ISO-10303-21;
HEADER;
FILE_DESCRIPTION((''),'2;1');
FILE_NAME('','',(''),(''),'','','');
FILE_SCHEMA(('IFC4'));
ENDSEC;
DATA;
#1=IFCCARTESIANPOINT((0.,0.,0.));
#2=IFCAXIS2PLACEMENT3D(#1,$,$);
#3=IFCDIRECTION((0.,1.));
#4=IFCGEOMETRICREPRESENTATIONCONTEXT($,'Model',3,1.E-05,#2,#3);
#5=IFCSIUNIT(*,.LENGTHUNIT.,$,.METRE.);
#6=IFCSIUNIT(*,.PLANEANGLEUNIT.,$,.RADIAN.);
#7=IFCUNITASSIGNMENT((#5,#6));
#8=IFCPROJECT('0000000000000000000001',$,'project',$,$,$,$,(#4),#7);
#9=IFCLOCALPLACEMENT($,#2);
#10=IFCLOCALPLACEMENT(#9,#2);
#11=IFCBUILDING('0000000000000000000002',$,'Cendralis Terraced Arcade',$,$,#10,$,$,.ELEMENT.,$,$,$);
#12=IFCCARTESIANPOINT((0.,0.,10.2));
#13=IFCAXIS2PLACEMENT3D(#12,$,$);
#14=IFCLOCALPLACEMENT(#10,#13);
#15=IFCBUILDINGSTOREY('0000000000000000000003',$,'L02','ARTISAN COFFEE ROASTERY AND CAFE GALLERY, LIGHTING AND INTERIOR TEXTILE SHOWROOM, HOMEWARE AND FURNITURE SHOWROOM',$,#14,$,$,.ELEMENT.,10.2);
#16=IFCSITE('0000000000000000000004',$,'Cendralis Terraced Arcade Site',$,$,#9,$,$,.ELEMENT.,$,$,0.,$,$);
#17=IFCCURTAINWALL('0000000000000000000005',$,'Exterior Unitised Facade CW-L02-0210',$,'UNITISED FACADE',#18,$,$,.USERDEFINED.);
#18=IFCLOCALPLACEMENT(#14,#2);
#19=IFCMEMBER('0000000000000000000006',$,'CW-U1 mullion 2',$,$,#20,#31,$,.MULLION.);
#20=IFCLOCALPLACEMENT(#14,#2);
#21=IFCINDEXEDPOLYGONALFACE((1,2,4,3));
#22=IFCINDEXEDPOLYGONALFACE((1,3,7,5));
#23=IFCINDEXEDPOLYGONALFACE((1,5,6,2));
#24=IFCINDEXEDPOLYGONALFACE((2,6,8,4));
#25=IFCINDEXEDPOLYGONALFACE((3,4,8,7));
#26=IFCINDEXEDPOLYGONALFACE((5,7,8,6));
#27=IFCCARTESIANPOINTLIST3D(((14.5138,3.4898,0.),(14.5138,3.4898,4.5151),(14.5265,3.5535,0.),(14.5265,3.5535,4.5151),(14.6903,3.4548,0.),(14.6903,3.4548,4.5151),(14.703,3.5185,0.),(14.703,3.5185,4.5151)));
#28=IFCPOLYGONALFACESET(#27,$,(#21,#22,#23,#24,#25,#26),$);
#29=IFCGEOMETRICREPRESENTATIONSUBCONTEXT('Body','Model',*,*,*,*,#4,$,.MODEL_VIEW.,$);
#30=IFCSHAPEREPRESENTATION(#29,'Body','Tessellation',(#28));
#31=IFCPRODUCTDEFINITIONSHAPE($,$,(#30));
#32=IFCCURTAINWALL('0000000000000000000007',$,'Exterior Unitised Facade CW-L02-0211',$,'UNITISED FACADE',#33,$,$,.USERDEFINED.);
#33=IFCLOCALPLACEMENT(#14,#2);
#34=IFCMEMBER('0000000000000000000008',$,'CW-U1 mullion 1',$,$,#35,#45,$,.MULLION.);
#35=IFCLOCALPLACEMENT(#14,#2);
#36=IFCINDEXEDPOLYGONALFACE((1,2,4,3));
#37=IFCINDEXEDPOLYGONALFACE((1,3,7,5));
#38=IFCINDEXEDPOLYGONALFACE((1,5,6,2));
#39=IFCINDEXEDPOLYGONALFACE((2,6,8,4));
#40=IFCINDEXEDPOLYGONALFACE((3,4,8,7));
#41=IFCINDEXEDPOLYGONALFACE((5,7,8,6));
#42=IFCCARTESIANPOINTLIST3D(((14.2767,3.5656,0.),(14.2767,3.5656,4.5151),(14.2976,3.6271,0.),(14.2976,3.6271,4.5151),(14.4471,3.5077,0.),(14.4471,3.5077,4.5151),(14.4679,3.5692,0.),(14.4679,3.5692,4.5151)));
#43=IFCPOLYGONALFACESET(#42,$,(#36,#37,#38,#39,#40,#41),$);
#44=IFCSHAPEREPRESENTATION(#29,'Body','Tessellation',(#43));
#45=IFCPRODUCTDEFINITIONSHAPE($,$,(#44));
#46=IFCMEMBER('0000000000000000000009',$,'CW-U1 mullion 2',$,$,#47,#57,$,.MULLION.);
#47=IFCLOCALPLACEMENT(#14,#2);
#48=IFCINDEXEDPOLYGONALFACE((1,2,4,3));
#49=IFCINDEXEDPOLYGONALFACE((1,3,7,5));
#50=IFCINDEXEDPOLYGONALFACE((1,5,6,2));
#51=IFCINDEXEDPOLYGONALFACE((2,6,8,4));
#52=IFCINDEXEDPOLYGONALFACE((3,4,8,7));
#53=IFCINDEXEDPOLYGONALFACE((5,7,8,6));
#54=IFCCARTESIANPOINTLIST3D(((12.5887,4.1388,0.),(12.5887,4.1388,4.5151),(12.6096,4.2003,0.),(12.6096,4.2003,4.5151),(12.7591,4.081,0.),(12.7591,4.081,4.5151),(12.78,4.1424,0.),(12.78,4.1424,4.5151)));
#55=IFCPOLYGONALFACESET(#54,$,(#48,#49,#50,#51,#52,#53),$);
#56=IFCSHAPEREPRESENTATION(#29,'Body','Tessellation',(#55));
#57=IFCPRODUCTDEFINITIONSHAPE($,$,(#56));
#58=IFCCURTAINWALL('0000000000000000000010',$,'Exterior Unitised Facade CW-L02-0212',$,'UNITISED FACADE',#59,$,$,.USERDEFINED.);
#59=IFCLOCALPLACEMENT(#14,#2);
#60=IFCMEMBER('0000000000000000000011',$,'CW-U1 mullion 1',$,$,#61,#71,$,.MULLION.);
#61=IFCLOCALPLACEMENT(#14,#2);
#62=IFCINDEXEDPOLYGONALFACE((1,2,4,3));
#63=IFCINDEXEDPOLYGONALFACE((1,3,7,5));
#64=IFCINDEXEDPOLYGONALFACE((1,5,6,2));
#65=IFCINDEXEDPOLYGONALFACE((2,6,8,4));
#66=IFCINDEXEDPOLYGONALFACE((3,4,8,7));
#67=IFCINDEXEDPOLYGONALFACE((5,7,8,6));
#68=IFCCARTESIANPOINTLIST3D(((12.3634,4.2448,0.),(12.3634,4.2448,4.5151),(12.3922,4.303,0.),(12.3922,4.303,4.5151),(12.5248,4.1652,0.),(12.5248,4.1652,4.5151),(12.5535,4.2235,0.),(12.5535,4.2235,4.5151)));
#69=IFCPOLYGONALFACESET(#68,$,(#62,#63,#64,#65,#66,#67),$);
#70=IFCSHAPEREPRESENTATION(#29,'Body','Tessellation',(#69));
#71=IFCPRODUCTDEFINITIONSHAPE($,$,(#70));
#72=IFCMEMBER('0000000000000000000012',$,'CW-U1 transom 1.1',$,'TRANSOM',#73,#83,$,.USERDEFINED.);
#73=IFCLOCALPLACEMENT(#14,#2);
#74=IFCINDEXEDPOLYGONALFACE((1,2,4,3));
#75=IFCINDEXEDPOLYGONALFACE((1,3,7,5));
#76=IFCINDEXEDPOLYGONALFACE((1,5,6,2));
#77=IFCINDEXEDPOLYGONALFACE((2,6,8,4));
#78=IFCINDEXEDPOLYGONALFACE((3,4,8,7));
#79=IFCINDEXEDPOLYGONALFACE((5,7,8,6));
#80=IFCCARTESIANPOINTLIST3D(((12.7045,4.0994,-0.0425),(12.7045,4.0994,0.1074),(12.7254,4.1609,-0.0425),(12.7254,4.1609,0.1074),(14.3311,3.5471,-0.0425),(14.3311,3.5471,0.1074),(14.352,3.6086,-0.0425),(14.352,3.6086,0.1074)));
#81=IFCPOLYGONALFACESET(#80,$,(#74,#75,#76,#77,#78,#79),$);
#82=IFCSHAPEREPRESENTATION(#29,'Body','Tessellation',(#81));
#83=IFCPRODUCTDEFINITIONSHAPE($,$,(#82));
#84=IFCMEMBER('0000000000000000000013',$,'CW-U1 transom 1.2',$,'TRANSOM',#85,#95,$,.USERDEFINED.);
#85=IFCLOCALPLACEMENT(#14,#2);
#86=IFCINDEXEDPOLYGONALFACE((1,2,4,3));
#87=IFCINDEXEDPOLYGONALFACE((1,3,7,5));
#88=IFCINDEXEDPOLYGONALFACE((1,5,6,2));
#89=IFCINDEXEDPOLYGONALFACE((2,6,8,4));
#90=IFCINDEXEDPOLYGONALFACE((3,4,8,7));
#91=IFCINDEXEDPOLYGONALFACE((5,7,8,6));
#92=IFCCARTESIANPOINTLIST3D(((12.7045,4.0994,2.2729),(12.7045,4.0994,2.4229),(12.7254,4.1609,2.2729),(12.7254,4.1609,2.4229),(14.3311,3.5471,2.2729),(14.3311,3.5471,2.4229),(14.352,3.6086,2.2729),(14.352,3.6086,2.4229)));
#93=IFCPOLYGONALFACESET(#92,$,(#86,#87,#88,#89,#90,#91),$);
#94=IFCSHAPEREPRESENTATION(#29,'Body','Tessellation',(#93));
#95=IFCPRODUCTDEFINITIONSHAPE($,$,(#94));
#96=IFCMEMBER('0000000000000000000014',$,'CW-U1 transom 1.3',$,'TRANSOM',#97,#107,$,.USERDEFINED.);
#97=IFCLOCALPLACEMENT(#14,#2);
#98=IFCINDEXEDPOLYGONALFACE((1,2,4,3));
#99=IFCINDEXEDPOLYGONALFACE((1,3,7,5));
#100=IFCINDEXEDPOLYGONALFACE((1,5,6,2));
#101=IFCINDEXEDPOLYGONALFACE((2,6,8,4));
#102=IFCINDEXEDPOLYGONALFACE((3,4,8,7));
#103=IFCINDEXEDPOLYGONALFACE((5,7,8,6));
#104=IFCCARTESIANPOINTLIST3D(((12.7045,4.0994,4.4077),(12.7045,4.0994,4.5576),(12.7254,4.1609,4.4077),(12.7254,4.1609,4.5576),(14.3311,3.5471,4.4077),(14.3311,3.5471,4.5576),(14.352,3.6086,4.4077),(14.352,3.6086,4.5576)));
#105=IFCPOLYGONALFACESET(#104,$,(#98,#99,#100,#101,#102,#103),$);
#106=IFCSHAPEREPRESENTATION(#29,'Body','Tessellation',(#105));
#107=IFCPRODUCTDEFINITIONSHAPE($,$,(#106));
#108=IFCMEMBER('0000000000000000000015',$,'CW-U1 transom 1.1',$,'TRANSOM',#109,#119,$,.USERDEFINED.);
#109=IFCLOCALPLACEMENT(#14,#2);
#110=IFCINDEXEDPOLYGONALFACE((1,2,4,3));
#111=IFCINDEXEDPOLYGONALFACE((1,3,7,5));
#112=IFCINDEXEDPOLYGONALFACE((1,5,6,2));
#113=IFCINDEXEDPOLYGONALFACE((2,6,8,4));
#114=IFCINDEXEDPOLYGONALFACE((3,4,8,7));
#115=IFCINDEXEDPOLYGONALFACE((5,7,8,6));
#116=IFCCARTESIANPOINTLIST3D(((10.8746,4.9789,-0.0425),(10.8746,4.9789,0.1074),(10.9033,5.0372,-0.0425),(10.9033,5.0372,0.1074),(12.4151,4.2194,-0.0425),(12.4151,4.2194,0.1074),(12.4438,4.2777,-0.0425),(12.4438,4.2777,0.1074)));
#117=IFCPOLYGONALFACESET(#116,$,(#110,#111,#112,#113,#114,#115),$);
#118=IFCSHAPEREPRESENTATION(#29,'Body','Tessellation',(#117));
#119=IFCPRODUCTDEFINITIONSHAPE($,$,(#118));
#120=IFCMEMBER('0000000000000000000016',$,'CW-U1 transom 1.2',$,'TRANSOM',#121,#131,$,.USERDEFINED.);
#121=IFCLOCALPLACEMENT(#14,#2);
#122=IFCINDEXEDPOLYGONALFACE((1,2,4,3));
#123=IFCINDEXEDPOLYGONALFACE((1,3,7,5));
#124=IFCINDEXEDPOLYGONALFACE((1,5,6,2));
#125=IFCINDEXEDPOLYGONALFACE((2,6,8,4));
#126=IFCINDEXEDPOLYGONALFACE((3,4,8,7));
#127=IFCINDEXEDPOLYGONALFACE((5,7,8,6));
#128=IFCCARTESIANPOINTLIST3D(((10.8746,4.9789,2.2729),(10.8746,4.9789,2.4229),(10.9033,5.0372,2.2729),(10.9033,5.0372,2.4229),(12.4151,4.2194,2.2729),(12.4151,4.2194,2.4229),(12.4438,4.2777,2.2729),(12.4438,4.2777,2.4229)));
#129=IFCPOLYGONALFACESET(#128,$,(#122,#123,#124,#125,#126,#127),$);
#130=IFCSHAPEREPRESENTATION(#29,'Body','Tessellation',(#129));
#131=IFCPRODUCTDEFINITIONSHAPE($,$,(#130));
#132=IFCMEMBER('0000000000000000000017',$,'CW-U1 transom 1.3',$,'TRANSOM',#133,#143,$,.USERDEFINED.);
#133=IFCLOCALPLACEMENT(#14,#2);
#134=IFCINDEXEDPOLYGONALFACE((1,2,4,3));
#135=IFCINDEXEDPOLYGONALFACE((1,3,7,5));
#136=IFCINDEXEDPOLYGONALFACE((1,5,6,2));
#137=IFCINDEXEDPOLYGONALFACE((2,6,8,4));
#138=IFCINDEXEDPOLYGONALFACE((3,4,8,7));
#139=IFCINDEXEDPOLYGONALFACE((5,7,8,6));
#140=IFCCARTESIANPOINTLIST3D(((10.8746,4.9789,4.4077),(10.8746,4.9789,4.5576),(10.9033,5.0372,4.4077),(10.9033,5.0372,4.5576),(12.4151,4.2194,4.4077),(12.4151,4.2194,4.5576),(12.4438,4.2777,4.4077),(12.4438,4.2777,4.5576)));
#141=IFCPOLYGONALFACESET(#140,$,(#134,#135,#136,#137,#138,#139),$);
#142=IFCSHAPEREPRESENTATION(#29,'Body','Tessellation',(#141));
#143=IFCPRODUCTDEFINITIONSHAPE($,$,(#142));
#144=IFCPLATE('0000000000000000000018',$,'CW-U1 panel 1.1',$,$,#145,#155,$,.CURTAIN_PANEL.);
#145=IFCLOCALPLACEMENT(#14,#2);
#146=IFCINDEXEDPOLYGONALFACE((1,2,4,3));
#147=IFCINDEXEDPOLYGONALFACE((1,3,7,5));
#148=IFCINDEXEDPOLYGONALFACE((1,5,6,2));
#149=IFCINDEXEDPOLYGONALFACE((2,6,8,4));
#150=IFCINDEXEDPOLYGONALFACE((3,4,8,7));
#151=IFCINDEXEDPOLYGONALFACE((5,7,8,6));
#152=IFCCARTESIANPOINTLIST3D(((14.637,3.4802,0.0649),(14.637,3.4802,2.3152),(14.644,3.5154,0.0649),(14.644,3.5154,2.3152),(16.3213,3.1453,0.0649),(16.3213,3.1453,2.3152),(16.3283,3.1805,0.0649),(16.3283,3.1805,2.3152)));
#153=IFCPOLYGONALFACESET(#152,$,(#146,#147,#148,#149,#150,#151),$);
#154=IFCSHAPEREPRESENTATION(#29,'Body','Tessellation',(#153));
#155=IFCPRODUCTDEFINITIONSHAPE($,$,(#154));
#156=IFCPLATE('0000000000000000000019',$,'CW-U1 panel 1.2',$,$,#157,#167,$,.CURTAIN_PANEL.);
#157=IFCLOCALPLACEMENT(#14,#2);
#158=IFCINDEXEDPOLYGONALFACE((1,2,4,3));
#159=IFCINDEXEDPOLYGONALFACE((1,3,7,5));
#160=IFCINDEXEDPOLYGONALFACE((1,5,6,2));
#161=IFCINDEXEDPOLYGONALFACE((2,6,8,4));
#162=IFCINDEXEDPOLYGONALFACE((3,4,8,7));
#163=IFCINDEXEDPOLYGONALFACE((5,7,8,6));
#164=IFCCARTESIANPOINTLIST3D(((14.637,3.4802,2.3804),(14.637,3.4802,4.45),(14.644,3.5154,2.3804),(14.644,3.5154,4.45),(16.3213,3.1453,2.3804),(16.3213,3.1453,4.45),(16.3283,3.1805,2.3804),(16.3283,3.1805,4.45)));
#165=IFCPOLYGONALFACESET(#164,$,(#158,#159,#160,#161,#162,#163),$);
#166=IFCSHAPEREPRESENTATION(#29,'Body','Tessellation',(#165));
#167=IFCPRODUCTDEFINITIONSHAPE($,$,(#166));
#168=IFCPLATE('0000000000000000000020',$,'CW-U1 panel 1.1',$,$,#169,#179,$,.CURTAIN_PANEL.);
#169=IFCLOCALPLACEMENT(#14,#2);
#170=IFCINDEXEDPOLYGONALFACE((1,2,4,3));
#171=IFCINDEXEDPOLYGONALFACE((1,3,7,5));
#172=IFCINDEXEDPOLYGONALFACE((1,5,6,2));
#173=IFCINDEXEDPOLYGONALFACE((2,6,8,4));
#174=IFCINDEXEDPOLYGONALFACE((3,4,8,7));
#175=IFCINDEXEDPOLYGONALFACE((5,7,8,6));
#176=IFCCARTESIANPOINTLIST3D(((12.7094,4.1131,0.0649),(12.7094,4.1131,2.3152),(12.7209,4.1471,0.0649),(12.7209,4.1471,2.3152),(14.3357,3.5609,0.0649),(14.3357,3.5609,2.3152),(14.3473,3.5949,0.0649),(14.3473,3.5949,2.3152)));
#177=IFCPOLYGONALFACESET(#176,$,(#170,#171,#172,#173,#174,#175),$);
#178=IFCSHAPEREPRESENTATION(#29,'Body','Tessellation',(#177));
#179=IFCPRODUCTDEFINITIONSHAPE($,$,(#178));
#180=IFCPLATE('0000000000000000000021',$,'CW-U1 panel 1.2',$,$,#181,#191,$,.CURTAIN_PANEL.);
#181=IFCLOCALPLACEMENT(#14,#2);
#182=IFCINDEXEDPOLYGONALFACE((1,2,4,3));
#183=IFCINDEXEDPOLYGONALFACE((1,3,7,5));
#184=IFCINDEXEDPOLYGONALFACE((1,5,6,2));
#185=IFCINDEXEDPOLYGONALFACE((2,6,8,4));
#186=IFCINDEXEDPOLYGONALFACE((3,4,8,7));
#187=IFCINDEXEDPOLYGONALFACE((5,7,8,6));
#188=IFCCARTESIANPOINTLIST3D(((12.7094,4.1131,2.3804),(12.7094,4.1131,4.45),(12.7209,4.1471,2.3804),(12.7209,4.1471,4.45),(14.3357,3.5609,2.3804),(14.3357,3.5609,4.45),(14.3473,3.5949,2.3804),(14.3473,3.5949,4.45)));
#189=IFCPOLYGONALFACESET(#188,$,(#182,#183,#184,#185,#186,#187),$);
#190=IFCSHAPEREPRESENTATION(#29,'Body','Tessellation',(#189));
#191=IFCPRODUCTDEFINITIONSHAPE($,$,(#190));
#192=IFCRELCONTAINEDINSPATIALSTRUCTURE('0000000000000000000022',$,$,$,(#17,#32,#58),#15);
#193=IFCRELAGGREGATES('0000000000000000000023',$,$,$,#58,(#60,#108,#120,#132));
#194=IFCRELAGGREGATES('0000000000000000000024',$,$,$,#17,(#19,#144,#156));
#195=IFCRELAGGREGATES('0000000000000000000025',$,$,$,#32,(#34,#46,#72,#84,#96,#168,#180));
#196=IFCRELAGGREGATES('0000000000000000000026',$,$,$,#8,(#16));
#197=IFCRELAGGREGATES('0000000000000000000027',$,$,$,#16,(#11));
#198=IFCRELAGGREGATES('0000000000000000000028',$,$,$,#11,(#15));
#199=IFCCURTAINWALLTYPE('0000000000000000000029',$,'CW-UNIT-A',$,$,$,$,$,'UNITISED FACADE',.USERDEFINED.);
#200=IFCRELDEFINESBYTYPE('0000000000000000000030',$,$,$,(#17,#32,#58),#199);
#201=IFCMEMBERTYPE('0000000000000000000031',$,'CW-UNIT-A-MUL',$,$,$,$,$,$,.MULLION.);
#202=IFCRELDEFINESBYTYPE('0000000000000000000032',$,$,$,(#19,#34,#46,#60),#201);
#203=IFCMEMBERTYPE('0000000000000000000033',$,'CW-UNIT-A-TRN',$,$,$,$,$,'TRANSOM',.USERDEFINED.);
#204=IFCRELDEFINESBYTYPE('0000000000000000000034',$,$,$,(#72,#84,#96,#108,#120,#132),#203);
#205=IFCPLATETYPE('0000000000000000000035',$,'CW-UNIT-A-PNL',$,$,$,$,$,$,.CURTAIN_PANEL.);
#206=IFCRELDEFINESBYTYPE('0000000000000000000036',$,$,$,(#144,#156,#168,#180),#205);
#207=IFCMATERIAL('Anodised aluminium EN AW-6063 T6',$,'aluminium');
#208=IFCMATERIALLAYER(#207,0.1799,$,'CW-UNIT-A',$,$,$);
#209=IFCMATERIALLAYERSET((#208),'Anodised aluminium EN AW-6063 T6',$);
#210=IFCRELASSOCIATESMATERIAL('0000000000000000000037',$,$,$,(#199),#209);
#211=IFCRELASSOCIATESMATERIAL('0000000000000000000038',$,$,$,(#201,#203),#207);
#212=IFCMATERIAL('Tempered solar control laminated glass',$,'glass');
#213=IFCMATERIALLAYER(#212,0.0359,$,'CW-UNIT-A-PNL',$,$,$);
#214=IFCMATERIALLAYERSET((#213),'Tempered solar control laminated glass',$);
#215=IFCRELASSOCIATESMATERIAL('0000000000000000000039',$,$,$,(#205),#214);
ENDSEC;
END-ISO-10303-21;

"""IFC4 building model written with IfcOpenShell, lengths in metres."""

from ifc_helpers import new_model, si_unit, direction, frame, origin, origin_2d, place, context, subcontext, project, spatial, rectangle, extrude, material, layer, layer_set, material_profile, profile_set, type_object, element, aggregate, save


model = new_model("IFC4")

# Units and contexts
model_context = context("Model", 3, precision=1e-05, world=origin(), true_north=direction((0.0, 1.0)))
body_context = subcontext(model_context, "Body", "Model", "MODEL_VIEW")
ifc_project = project(units=[si_unit("LENGTHUNIT", "METRE"), si_unit("PLANEANGLEUNIT", "RADIAN")], contexts=[model_context])

# Site, building, storey
site_placement = place(None, origin())
site = spatial("IfcSite", under=ifc_project, at=site_placement, Name="Cendralis Terraced Arcade Site", CompositionType="ELEMENT", RefElevation=0.0)
building_placement = place(site_placement, origin())
building = spatial("IfcBuilding", under=site, at=building_placement, Name="Cendralis Terraced Arcade", CompositionType="ELEMENT")
storey_placement = place(building_placement, frame((0.0, 0.0, 10.2)))
storey = spatial("IfcBuildingStorey", under=building, at=storey_placement, Name="L02", Description="ARTISAN COFFEE ROASTERY AND CAFE GALLERY, LIGHTING AND INTERIOR TEXTILE SHOWROOM, HOMEWARE AND FURNITURE SHOWROOM", CompositionType="ELEMENT", Elevation=10.2)

# Curtain wall, member
ifc_material_1 = material(Name="Anodised aluminium EN AW-6063 T6", Category="aluminium")
ifc_layer_1 = layer(ifc_material_1, 0.1799, Name="CW-UNIT-A")
ifc_layer_set_1 = layer_set([ifc_layer_1], Name="Anodised aluminium EN AW-6063 T6")
curtain_wall_type = type_object("IfcCurtainWallType", Name="CW-UNIT-A", ElementType="UNITISED FACADE", PredefinedType="USERDEFINED", material=ifc_layer_set_1)
curtain_wall_1_placement = place(storey_placement, origin())
curtain_wall_1 = element("IfcCurtainWall", 1, at=curtain_wall_1_placement, inside=storey, type_object=curtain_wall_type, Name="Exterior Unitised Facade CW-L02-0210", ObjectType="UNITISED FACADE", PredefinedType="USERDEFINED")
ifc_material_profile_1 = material_profile(ifc_material_1, rectangle(XDim=0.0649, YDim=0.1799, at=origin_2d()), Name="ALU-MUL-65x180")
ifc_profile_set_1 = profile_set([ifc_material_profile_1], Name="Anodised aluminium EN AW-6063 T6")
member_type_1 = type_object("IfcMemberType", Name="CW-UNIT-A-MUL", PredefinedType="MULLION", material=ifc_profile_set_1)
member_1_placement = place(storey_placement, frame((14.6084, 3.5042, 0.0), z_axis=(0.0, 0.0, 1.0), x_axis=(-0.195033, -0.980797, 0.0)))
member_1 = element("IfcMember", 2, at=member_1_placement, type_object=member_type_1, Name="CW-U1 mullion 2", PredefinedType="MULLION", context=body_context, shape_type="SweptSolid", body=[
    extrude(rectangle(XDim=0.0649, YDim=0.1799, at=origin_2d()), origin(), (0.0, 0.0, 1.0), 4.5151),
])

# Curtain wall, members
curtain_wall_2_placement = place(storey_placement, origin())
curtain_wall_2 = element("IfcCurtainWall", 3, at=curtain_wall_2_placement, inside=storey, type_object=curtain_wall_type, Name="Exterior Unitised Facade CW-L02-0211", ObjectType="UNITISED FACADE", PredefinedType="USERDEFINED")
member_2_placement = place(storey_placement, frame((14.3723, 3.5674, 0.0), z_axis=(0.0, 0.0, 1.0), x_axis=(-0.3215, -0.94691, 0.0)))
member_2 = element("IfcMember", 4, at=member_2_placement, type_object=member_type_1, Name="CW-U1 mullion 1", PredefinedType="MULLION", context=body_context, shape_type="SweptSolid", body=[
    extrude(rectangle(XDim=0.0649, YDim=0.1799, at=origin_2d()), origin(), (0.0, 0.0, 1.0), 4.5151),
])
member_3_placement = place(storey_placement, frame((12.6843, 4.1406, 0.0), z_axis=(0.0, 0.0, 1.0), x_axis=(-0.3215, -0.94691, 0.0)))
member_3 = element("IfcMember", 5, at=member_3_placement, type_object=member_type_1, Name="CW-U1 mullion 2", PredefinedType="MULLION", context=body_context, shape_type="SweptSolid", body=[
    extrude(rectangle(XDim=0.0649, YDim=0.1799, at=origin_2d()), origin(), (0.0, 0.0, 1.0), 4.5151),
])

# Curtain wall, member
curtain_wall_3_placement = place(storey_placement, origin())
curtain_wall_3 = element("IfcCurtainWall", 6, at=curtain_wall_3_placement, inside=storey, type_object=curtain_wall_type, Name="Exterior Unitised Facade CW-L02-0212", ObjectType="UNITISED FACADE", PredefinedType="USERDEFINED")
member_4_placement = place(storey_placement, frame((12.4585, 4.2341, 0.0), z_axis=(0.0, 0.0, 1.0), x_axis=(-0.44227, -0.896882, 0.0)))
member_4 = element("IfcMember", 7, at=member_4_placement, type_object=member_type_1, Name="CW-U1 mullion 1", PredefinedType="MULLION", context=body_context, shape_type="SweptSolid", body=[
    extrude(rectangle(XDim=0.0649, YDim=0.1799, at=origin_2d()), origin(), (0.0, 0.0, 1.0), 4.5151),
])

# Members
ifc_material_profile_2 = material_profile(ifc_material_1, rectangle(XDim=0.0649, YDim=0.1499, at=origin_2d()), Name="ALU-TRN-65x150")
ifc_profile_set_2 = profile_set([ifc_material_profile_2], Name="Anodised aluminium EN AW-6063 T6")
member_type_2 = type_object("IfcMemberType", Name="CW-UNIT-A-TRN", ElementType="TRANSOM", PredefinedType="USERDEFINED", material=ifc_profile_set_2)
member_5_placement = place(storey_placement, frame((14.3416, 3.5779, 0.0325), z_axis=(-0.946906, 0.32151, 0.0), x_axis=(-0.32151, -0.946906, 0.0)))
member_5 = element("IfcMember", 8, at=member_5_placement, type_object=member_type_2, Name="CW-U1 transom 1.1", ObjectType="TRANSOM", PredefinedType="USERDEFINED", context=body_context, shape_type="SweptSolid", body=[
    extrude(rectangle(XDim=0.0649, YDim=0.1499, at=origin_2d()), origin(), (0.0, 0.0, 1.0), 1.7178),
])
member_6_placement = place(storey_placement, frame((14.3416, 3.5779, 2.3479), z_axis=(-0.946906, 0.32151, 0.0), x_axis=(-0.32151, -0.946906, 0.0)))
member_6 = element("IfcMember", 9, at=member_6_placement, type_object=member_type_2, Name="CW-U1 transom 1.2", ObjectType="TRANSOM", PredefinedType="USERDEFINED", context=body_context, shape_type="SweptSolid", body=[
    extrude(rectangle(XDim=0.0649, YDim=0.1499, at=origin_2d()), origin(), (0.0, 0.0, 1.0), 1.7178),
])
member_7_placement = place(storey_placement, frame((14.3416, 3.5779, 4.4827), z_axis=(-0.946906, 0.32151, 0.0), x_axis=(-0.32151, -0.946906, 0.0)))
member_7 = element("IfcMember", 10, at=member_7_placement, type_object=member_type_2, Name="CW-U1 transom 1.3", ObjectType="TRANSOM", PredefinedType="USERDEFINED", context=body_context, shape_type="SweptSolid", body=[
    extrude(rectangle(XDim=0.0649, YDim=0.1499, at=origin_2d()), origin(), (0.0, 0.0, 1.0), 1.7178),
])
member_8_placement = place(storey_placement, frame((12.4294, 4.2485, 0.0325), z_axis=(-0.896915, 0.442203, 0.0), x_axis=(-0.442203, -0.896915, 0.0)))
member_8 = element("IfcMember", 11, at=member_8_placement, type_object=member_type_2, Name="CW-U1 transom 1.1", ObjectType="TRANSOM", PredefinedType="USERDEFINED", context=body_context, shape_type="SweptSolid", body=[
    extrude(rectangle(XDim=0.0649, YDim=0.1499, at=origin_2d()), origin(), (0.0, 0.0, 1.0), 1.7175),
])
member_9_placement = place(storey_placement, frame((12.4294, 4.2485, 2.3479), z_axis=(-0.896915, 0.442203, 0.0), x_axis=(-0.442203, -0.896915, 0.0)))
member_9 = element("IfcMember", 12, at=member_9_placement, type_object=member_type_2, Name="CW-U1 transom 1.2", ObjectType="TRANSOM", PredefinedType="USERDEFINED", context=body_context, shape_type="SweptSolid", body=[
    extrude(rectangle(XDim=0.0649, YDim=0.1499, at=origin_2d()), origin(), (0.0, 0.0, 1.0), 1.7175),
])
member_10_placement = place(storey_placement, frame((12.4294, 4.2485, 4.4827), z_axis=(-0.896915, 0.442203, 0.0), x_axis=(-0.442203, -0.896915, 0.0)))
member_10 = element("IfcMember", 13, at=member_10_placement, type_object=member_type_2, Name="CW-U1 transom 1.3", ObjectType="TRANSOM", PredefinedType="USERDEFINED", context=body_context, shape_type="SweptSolid", body=[
    extrude(rectangle(XDim=0.0649, YDim=0.1499, at=origin_2d()), origin(), (0.0, 0.0, 1.0), 1.7175),
])
aggregate(curtain_wall_3, [member_4, member_8, member_9, member_10])

# Plates
ifc_material_2 = material(Name="Tempered solar control laminated glass", Category="glass")
ifc_layer_2 = layer(ifc_material_2, 0.0359, Name="CW-UNIT-A-PNL")
ifc_layer_set_2 = layer_set([ifc_layer_2], Name="Tempered solar control laminated glass")
plate_type = type_object("IfcPlateType", Name="CW-UNIT-A-PNL", PredefinedType="CURTAIN_PANEL", material=ifc_layer_set_2)
plate_1_placement = place(storey_placement, frame((15.4827, 3.3303, 0.0649), z_axis=(0.0, 0.0, 1.0), x_axis=(-0.980797, 0.195033, 0.0)))
plate_1 = element("IfcPlate", 14, at=plate_1_placement, type_object=plate_type, Name="CW-U1 panel 1.1", PredefinedType="CURTAIN_PANEL", context=body_context, shape_type="SweptSolid", body=[
    extrude(rectangle(XDim=1.7173, YDim=0.0359, at=origin_2d()), origin(), (0.0, 0.0, 1.0), 2.2502),
])
plate_2_placement = place(storey_placement, frame((15.4827, 3.3303, 2.3804), z_axis=(0.0, 0.0, 1.0), x_axis=(-0.980797, 0.195033, 0.0)))
plate_2 = element("IfcPlate", 15, at=plate_2_placement, type_object=plate_type, Name="CW-U1 panel 1.2", PredefinedType="CURTAIN_PANEL", context=body_context, shape_type="SweptSolid", body=[
    extrude(rectangle(XDim=1.7173, YDim=0.0359, at=origin_2d()), origin(), (0.0, 0.0, 1.0), 2.0696),
])
aggregate(curtain_wall_1, [member_1, plate_1, plate_2])
plate_3_placement = place(storey_placement, frame((13.5283, 3.854, 0.0649), z_axis=(0.0, 0.0, 1.0), x_axis=(-0.94691, 0.3215, 0.0)))
plate_3 = element("IfcPlate", 16, at=plate_3_placement, type_object=plate_type, Name="CW-U1 panel 1.1", PredefinedType="CURTAIN_PANEL", context=body_context, shape_type="SweptSolid", body=[
    extrude(rectangle(XDim=1.7175, YDim=0.0359, at=origin_2d()), origin(), (0.0, 0.0, 1.0), 2.2502),
])
plate_4_placement = place(storey_placement, frame((13.5283, 3.854, 2.3804), z_axis=(0.0, 0.0, 1.0), x_axis=(-0.94691, 0.3215, 0.0)))
plate_4 = element("IfcPlate", 17, at=plate_4_placement, type_object=plate_type, Name="CW-U1 panel 1.2", PredefinedType="CURTAIN_PANEL", context=body_context, shape_type="SweptSolid", body=[
    extrude(rectangle(XDim=1.7175, YDim=0.0359, at=origin_2d()), origin(), (0.0, 0.0, 1.0), 2.0696),
])
aggregate(curtain_wall_2, [member_2, member_3, member_5, member_6, member_7, plate_3, plate_4])

save(model, "model.ifc")
